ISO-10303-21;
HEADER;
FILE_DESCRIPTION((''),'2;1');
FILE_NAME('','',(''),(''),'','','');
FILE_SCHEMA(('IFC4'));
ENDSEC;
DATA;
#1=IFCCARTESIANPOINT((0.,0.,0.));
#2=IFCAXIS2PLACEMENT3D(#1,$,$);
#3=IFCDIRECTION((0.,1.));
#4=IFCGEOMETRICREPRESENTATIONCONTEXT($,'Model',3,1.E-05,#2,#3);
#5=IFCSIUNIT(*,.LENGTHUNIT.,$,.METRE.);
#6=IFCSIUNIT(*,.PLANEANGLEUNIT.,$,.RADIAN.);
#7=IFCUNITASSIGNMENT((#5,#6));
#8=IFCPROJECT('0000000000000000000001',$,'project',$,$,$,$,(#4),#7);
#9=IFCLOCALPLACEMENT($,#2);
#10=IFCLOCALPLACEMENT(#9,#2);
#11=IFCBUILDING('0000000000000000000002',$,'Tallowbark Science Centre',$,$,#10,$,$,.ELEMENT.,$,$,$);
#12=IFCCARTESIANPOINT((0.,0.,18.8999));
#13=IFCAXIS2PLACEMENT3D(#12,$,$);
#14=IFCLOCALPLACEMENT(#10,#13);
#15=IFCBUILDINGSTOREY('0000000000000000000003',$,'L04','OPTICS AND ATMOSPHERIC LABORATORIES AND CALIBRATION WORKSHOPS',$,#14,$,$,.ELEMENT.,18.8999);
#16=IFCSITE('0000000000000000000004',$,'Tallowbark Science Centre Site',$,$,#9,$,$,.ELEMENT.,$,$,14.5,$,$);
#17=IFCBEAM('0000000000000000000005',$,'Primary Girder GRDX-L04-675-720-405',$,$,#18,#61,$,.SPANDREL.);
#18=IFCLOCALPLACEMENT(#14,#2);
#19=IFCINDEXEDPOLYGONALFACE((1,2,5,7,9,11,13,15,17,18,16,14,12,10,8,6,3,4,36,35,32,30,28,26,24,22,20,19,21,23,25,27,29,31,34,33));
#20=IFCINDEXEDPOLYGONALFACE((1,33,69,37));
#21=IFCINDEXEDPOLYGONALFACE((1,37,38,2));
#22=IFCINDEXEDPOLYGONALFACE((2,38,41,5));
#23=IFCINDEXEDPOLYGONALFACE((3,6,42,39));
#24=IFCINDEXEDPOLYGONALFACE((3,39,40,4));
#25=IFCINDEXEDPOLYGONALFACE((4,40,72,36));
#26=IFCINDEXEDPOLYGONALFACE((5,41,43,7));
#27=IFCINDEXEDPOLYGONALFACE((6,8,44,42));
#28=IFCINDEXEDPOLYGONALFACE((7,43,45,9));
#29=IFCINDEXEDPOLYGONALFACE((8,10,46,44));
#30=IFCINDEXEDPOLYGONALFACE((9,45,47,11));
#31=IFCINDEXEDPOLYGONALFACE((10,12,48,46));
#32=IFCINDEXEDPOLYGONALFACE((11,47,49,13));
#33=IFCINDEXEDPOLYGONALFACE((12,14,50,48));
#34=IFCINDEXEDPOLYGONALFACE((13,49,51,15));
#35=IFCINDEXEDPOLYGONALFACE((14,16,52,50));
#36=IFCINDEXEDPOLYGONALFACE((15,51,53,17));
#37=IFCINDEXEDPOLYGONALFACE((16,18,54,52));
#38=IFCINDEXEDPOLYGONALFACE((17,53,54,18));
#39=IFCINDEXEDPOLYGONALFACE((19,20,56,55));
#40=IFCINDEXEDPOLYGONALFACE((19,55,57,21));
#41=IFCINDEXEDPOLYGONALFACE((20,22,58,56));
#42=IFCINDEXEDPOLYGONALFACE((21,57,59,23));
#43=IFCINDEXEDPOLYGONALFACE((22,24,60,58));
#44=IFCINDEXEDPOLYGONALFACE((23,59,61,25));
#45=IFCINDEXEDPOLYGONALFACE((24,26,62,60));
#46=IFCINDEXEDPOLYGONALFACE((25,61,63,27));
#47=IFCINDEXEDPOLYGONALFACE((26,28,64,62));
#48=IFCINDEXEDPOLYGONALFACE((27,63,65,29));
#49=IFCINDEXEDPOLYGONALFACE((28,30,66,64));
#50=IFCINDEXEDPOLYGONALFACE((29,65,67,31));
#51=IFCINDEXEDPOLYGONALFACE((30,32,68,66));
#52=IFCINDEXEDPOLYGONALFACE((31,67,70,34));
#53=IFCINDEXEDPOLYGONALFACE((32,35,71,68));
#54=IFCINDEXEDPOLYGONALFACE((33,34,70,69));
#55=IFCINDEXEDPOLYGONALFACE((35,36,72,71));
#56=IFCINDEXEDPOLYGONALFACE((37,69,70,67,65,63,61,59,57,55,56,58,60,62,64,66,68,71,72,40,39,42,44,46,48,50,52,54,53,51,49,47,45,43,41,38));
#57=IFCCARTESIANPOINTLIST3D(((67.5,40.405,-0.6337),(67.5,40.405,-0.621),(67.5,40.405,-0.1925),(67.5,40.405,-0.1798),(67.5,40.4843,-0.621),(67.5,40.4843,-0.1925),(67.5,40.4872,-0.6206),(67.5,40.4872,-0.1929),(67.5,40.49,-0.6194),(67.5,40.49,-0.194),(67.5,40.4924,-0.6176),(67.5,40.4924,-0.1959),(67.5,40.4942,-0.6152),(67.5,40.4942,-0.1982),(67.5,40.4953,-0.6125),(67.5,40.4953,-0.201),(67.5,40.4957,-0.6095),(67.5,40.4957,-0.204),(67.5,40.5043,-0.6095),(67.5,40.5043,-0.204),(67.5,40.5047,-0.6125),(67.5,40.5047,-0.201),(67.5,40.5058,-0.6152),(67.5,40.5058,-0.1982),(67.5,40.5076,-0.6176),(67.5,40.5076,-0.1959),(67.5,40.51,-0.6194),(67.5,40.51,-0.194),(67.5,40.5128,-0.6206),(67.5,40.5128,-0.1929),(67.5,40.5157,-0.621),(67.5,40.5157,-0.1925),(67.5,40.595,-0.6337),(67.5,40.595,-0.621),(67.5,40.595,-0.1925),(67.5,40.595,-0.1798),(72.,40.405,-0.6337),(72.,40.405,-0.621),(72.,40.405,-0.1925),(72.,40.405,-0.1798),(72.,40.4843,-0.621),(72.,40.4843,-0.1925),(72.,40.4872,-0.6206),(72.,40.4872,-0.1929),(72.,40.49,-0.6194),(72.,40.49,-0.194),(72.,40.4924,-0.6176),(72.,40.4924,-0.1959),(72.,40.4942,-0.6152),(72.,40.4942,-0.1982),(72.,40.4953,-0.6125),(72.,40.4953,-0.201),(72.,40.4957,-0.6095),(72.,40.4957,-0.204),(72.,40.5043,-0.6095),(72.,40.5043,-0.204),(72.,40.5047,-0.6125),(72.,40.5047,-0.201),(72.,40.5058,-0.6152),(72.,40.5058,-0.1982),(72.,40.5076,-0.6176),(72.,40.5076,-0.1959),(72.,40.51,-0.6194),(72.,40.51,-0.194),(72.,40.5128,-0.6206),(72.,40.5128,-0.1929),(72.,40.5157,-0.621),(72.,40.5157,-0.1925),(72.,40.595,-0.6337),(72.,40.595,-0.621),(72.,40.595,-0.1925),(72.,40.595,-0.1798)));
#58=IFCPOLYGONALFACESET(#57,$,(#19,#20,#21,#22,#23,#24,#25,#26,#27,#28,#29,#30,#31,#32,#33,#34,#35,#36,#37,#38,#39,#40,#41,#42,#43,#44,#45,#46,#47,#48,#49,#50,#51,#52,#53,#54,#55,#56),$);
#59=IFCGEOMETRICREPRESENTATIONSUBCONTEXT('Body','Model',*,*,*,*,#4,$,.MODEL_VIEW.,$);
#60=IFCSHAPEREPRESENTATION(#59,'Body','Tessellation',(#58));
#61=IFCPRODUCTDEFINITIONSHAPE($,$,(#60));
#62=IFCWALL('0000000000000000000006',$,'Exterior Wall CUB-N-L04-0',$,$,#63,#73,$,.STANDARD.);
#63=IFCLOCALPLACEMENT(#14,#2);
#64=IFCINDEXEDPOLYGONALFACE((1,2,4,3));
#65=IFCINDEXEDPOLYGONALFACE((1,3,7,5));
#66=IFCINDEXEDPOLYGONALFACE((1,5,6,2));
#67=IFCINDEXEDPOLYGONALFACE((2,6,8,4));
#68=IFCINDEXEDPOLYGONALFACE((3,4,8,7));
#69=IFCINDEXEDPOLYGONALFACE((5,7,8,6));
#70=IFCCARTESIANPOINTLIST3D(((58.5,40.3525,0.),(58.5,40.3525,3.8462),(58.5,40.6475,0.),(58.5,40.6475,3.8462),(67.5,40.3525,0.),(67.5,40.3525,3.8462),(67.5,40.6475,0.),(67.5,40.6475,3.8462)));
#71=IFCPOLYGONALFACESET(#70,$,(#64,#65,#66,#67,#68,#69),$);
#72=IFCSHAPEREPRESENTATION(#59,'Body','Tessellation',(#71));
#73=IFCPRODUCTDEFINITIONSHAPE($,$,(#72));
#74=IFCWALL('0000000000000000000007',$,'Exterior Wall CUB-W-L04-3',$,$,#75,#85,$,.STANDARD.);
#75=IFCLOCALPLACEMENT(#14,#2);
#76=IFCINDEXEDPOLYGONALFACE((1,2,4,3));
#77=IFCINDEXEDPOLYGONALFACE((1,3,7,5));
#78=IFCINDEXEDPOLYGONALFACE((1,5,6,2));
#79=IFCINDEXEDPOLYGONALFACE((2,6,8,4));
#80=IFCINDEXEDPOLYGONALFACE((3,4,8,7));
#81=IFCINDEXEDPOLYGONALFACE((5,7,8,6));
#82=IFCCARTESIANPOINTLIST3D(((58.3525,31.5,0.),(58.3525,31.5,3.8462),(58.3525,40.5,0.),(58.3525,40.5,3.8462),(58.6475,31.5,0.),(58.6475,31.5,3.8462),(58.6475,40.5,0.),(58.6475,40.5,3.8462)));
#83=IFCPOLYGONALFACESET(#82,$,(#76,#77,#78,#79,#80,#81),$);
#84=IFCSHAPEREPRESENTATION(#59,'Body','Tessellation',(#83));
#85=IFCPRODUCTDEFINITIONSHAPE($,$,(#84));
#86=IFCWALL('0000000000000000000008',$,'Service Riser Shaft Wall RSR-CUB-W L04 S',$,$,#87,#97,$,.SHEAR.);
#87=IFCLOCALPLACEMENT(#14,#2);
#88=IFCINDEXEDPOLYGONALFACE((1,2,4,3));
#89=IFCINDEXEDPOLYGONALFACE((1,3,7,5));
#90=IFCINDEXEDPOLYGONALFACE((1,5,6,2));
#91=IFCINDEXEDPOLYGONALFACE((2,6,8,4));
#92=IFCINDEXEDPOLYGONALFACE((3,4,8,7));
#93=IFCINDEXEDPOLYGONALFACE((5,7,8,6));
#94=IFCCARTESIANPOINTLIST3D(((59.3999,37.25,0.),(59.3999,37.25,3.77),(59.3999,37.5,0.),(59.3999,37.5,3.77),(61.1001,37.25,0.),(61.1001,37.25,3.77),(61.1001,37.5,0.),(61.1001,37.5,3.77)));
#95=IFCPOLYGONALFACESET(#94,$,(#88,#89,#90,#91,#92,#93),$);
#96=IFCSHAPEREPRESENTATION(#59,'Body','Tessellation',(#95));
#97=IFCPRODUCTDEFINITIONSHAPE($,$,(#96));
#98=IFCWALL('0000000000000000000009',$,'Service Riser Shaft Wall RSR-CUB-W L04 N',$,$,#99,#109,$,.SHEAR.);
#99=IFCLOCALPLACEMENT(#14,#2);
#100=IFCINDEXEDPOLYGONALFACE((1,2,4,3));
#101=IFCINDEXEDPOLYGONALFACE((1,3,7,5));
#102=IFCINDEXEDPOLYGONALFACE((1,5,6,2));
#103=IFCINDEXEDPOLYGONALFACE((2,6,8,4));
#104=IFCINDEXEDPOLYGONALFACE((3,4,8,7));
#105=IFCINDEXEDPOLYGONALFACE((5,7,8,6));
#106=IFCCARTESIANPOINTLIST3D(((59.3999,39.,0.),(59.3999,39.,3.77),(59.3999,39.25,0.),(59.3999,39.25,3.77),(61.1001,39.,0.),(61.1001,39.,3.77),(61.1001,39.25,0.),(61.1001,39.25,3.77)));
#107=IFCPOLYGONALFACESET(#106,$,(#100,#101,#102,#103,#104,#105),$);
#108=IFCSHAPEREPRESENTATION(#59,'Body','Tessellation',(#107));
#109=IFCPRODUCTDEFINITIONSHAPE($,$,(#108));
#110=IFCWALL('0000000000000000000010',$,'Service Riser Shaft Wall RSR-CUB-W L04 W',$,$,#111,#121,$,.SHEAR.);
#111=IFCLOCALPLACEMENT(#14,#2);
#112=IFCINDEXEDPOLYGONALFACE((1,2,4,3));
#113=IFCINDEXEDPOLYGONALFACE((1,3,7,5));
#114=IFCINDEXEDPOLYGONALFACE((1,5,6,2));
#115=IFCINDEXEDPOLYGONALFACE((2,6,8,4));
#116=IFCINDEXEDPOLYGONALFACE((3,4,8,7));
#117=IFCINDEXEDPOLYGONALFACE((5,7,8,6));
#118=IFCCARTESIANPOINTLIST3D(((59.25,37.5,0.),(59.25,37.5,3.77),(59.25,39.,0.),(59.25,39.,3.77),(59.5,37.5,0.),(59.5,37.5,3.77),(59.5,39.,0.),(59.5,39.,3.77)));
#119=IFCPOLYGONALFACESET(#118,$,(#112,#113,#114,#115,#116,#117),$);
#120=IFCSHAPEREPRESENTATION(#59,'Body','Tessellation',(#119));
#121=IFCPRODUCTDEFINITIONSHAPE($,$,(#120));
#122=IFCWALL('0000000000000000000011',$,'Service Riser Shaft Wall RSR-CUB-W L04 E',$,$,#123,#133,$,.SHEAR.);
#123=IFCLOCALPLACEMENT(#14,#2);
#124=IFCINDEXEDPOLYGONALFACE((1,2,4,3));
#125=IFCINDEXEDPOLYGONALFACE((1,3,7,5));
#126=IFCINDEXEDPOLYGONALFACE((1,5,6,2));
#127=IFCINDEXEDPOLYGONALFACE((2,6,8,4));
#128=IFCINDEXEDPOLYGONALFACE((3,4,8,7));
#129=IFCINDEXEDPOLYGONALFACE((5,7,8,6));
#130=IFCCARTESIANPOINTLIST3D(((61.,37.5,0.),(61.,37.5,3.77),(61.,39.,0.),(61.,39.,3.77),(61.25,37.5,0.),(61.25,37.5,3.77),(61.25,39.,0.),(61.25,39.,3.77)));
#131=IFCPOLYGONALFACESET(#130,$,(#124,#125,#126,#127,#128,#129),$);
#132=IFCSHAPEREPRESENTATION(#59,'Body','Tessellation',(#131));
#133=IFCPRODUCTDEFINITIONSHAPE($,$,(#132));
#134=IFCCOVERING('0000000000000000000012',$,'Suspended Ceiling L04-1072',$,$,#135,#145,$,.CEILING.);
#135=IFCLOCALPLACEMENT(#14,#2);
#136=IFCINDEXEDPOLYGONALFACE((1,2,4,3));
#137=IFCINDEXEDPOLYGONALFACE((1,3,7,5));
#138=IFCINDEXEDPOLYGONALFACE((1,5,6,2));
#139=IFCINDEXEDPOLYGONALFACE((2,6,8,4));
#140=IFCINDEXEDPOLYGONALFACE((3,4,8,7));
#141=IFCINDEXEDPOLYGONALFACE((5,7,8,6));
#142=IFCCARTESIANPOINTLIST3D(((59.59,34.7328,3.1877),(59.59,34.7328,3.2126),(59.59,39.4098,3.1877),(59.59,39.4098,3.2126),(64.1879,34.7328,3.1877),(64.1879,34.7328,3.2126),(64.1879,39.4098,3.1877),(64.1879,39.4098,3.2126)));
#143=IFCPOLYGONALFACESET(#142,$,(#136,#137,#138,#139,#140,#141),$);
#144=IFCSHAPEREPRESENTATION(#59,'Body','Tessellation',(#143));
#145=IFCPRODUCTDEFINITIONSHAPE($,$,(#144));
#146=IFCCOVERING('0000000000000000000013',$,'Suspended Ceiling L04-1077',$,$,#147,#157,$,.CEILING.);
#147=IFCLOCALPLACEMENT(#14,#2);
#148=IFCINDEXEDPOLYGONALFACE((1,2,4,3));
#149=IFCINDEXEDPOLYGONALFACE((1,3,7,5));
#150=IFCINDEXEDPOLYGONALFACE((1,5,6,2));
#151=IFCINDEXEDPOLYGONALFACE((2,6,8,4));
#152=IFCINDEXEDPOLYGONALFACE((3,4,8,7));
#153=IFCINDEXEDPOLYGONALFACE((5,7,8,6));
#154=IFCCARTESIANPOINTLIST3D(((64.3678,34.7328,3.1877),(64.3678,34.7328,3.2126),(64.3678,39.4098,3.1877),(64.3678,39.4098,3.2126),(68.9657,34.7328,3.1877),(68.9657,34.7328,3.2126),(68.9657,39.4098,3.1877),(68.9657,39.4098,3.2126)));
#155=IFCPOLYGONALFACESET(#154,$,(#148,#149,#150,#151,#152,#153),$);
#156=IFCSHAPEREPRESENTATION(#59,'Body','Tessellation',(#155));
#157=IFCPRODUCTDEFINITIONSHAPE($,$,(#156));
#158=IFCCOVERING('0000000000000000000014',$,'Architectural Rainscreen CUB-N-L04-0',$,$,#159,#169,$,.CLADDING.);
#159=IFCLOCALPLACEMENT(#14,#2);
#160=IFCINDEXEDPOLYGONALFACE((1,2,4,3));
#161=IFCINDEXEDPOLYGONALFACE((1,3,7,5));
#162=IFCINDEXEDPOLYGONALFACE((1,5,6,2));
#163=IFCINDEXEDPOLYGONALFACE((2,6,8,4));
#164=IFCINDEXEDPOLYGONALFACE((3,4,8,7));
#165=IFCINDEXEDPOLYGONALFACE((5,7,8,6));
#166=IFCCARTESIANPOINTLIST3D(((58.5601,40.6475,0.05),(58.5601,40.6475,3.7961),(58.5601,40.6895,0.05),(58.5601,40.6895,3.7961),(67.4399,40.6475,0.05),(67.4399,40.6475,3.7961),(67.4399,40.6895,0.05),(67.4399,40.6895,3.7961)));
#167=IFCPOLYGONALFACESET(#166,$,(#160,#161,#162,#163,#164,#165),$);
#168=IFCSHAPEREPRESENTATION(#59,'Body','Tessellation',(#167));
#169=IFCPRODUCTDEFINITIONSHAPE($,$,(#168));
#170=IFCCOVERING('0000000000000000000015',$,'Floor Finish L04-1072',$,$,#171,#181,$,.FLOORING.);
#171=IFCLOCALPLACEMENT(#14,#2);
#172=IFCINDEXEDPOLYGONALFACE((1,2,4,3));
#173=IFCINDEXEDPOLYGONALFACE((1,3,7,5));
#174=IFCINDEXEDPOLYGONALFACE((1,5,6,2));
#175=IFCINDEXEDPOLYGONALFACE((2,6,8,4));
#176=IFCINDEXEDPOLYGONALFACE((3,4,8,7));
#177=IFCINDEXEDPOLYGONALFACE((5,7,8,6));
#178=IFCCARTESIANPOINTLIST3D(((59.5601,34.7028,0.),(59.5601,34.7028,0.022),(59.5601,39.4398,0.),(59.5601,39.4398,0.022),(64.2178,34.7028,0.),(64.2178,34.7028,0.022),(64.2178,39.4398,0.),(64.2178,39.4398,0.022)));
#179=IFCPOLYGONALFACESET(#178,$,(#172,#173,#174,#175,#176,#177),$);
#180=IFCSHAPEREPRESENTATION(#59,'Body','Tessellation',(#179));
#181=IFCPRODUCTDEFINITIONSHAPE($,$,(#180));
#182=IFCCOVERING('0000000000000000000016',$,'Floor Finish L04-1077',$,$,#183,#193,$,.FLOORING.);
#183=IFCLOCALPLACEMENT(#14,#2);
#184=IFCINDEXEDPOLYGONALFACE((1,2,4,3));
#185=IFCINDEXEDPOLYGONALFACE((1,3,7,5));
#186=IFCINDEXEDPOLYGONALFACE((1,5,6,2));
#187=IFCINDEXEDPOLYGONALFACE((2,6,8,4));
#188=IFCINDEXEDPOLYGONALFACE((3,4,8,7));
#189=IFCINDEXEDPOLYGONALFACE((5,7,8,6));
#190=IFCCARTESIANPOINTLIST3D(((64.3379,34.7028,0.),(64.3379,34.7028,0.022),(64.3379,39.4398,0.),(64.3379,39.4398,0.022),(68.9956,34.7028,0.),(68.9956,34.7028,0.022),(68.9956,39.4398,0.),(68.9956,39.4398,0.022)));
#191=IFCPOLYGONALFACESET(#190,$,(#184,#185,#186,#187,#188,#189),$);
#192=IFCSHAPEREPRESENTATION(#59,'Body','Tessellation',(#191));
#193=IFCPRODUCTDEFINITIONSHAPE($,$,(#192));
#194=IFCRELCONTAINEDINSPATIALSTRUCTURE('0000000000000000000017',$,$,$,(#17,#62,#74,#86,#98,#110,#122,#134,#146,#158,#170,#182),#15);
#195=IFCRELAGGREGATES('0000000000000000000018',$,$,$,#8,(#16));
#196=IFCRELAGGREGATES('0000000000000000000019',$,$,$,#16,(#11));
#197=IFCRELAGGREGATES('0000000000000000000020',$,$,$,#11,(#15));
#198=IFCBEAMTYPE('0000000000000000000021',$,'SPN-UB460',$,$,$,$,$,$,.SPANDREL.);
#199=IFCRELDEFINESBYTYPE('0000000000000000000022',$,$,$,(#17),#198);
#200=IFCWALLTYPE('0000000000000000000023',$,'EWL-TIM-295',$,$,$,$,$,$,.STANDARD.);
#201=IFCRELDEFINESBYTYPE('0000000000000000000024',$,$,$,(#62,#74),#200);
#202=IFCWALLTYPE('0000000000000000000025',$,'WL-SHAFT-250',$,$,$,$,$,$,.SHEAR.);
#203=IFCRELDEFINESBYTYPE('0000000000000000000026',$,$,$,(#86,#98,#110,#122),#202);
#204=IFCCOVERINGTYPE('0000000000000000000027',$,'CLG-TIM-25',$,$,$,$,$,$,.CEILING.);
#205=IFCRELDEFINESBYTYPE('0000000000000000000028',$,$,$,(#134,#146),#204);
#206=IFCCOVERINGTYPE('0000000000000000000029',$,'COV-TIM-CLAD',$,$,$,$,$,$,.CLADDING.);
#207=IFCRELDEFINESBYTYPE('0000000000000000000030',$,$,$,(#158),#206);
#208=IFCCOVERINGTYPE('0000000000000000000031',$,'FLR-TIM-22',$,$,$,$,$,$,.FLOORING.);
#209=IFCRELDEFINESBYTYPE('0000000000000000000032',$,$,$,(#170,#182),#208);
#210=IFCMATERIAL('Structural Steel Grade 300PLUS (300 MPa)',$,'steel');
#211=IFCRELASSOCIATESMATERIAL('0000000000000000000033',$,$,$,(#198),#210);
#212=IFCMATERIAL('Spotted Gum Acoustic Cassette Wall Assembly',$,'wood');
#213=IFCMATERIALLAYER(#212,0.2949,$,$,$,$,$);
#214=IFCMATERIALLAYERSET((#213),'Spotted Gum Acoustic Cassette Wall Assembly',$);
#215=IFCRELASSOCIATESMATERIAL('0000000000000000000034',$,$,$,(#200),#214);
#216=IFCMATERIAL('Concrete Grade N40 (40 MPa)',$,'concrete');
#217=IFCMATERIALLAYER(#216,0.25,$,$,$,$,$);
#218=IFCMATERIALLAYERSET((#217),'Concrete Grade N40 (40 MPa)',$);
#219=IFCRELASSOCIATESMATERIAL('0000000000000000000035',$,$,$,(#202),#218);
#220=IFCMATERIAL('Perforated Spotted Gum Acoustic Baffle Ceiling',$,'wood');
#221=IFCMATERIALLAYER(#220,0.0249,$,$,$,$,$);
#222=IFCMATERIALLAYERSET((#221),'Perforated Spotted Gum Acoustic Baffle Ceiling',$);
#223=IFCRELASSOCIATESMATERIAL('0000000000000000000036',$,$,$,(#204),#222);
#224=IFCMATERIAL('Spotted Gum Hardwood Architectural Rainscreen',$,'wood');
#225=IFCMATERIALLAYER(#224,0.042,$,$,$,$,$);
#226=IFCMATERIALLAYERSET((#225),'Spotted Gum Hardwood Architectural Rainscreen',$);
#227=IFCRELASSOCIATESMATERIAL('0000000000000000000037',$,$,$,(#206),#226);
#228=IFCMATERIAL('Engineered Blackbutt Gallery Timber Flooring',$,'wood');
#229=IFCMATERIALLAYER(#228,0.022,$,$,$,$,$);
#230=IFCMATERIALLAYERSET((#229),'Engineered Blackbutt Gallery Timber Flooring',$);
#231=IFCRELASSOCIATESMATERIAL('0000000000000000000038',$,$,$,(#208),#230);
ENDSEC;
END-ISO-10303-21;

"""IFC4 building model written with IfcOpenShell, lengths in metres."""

from ifc_helpers import new_model, si_unit, direction, frame, frame_2d, origin, origin_2d, place, context, subcontext, project, spatial, rectangle, i_section, extrude, material, layer, layer_set, material_profile, profile_set, type_object, element, save


model = new_model("IFC4")

# Units and contexts
model_context = context("Model", 3, precision=1e-05, world=origin(), true_north=direction((0.0, 1.0)))
body_context = subcontext(model_context, "Body", "Model", "MODEL_VIEW")
ifc_project = project(units=[si_unit("LENGTHUNIT", "METRE"), si_unit("PLANEANGLEUNIT", "RADIAN")], contexts=[model_context])

# Site, building, storey
site_placement = place(None, origin())
site = spatial("IfcSite", under=ifc_project, at=site_placement, Name="Tallowbark Science Centre Site", CompositionType="ELEMENT", RefElevation=14.5)
building_placement = place(site_placement, origin())
building = spatial("IfcBuilding", under=site, at=building_placement, Name="Tallowbark Science Centre", CompositionType="ELEMENT")
storey_placement = place(building_placement, frame((0.0, 0.0, 18.8999)))
storey = spatial("IfcBuildingStorey", under=building, at=storey_placement, Name="L04", Description="OPTICS AND ATMOSPHERIC LABORATORIES AND CALIBRATION WORKSHOPS", CompositionType="ELEMENT", Elevation=18.8999)

# Shared definitions
ifc_material_1 = material(Name="Structural Steel Grade 300PLUS (300 MPa)", Category="steel")

# Beam
ifc_material_profile_1 = material_profile(ifc_material_1, i_section(OverallWidth=0.1899, OverallDepth=0.4539, WebThickness=0.0085, FlangeThickness=0.0127, FilletRadius=0.0115, at=origin_2d()), Name="460UB67.1")
ifc_profile_set_1 = profile_set([ifc_material_profile_1], Name="Structural Steel Grade 300PLUS (300 MPa)")
beam_type_1 = type_object("IfcBeamType", Name="SPN-UB460", PredefinedType="SPANDREL", material=ifc_profile_set_1)
for number, where, z_axis, x_axis, name in (
    (1, (67.5, 40.5, -0.4067), (1.0, 0.0, 0.0), (0.0, 1.0, 0.0), "Primary Girder GRDX-L04-675-720-405"),
):
    element("IfcBeam", number, at=place(storey_placement, frame(where, z_axis=z_axis, x_axis=x_axis)), inside=storey, type_object=beam_type_1, Name=name, PredefinedType="SPANDREL", context=body_context, shape_type="SweptSolid", body=[
        extrude(i_section(OverallWidth=0.1899, OverallDepth=0.4539, WebThickness=0.0085, FlangeThickness=0.0127, FilletRadius=0.0115, at=origin_2d()), origin(), (0.0, 0.0, 1.0), 4.5),
    ])

# Walls
ifc_material_2 = material(Name="Spotted Gum Acoustic Cassette Wall Assembly", Category="wood")
ifc_layer_1 = layer(ifc_material_2, 0.2949)
ifc_layer_set_1 = layer_set([ifc_layer_1], Name="Spotted Gum Acoustic Cassette Wall Assembly")
wall_type_1 = type_object("IfcWallType", Name="EWL-TIM-295", PredefinedType="STANDARD", material=ifc_layer_set_1)
for number, where, z_axis, x_axis, name in (
    (2, (67.5, 40.5, 0.0), (0.0, 0.0, 1.0), (-1.0, 0.0, 0.0), "Exterior Wall CUB-N-L04-0"),
    (3, (58.5, 40.5, 0.0), (0.0, 0.0, 1.0), (0.0, -1.0, 0.0), "Exterior Wall CUB-W-L04-3"),
):
    element("IfcWall", number, at=place(storey_placement, frame(where, z_axis=z_axis, x_axis=x_axis)), inside=storey, type_object=wall_type_1, Name=name, PredefinedType="STANDARD", context=body_context, shape_type="SweptSolid", body=[
        extrude(rectangle(XDim=9.0, YDim=0.2949, at=frame_2d((4.5, 0.0))), origin(), (0.0, 0.0, 1.0), 3.8462),
    ])
ifc_material_3 = material(Name="Concrete Grade N40 (40 MPa)", Category="concrete")
ifc_layer_2 = layer(ifc_material_3, 0.25)
ifc_layer_set_2 = layer_set([ifc_layer_2], Name="Concrete Grade N40 (40 MPa)")
wall_type_2 = type_object("IfcWallType", Name="WL-SHAFT-250", PredefinedType="SHEAR", material=ifc_layer_set_2)
for number, where, z_axis, x_axis, name in (
    (4, (59.3999, 37.375, 0.0), (0.0, 0.0, 1.0), (1.0, 0.0, 0.0), "Service Riser Shaft Wall RSR-CUB-W L04 S"),
    (5, (59.3999, 39.125, 0.0), (0.0, 0.0, 1.0), (1.0, 0.0, 0.0), "Service Riser Shaft Wall RSR-CUB-W L04 N"),
):
    element("IfcWall", number, at=place(storey_placement, frame(where, z_axis=z_axis, x_axis=x_axis)), inside=storey, type_object=wall_type_2, Name=name, PredefinedType="SHEAR", context=body_context, shape_type="SweptSolid", body=[
        extrude(rectangle(XDim=1.7002, YDim=0.25, at=frame_2d((0.8501, 0.0))), origin(), (0.0, 0.0, 1.0), 3.77),
    ])
for number, where, z_axis, x_axis, name in (
    (6, (59.375, 37.5, 0.0), (0.0, 0.0, 1.0), (0.0, 1.0, 0.0), "Service Riser Shaft Wall RSR-CUB-W L04 W"),
    (7, (61.125, 37.5, 0.0), (0.0, 0.0, 1.0), (0.0, 1.0, 0.0), "Service Riser Shaft Wall RSR-CUB-W L04 E"),
):
    element("IfcWall", number, at=place(storey_placement, frame(where, z_axis=z_axis, x_axis=x_axis)), inside=storey, type_object=wall_type_2, Name=name, PredefinedType="SHEAR", context=body_context, shape_type="SweptSolid", body=[
        extrude(rectangle(XDim=1.5, YDim=0.25, at=frame_2d((0.75, 0.0))), origin(), (0.0, 0.0, 1.0), 3.77),
    ])

# Coverings
ifc_material_4 = material(Name="Perforated Spotted Gum Acoustic Baffle Ceiling", Category="wood")
ifc_layer_3 = layer(ifc_material_4, 0.0249)
ifc_layer_set_3 = layer_set([ifc_layer_3], Name="Perforated Spotted Gum Acoustic Baffle Ceiling")
covering_type_1 = type_object("IfcCoveringType", Name="CLG-TIM-25", PredefinedType="CEILING", material=ifc_layer_set_3)
for number, where, z_axis, x_axis, name in (
    (8, (61.8889, 37.0713, 3.1877), (0.0, 0.0, 1.0), (1.0, 0.0, 0.0), "Suspended Ceiling L04-1072"),
    (9, (66.6667, 37.0713, 3.1877), (0.0, 0.0, 1.0), (1.0, 0.0, 0.0), "Suspended Ceiling L04-1077"),
):
    element("IfcCovering", number, at=place(storey_placement, frame(where, z_axis=z_axis, x_axis=x_axis)), inside=storey, type_object=covering_type_1, Name=name, PredefinedType="CEILING", context=body_context, shape_type="SweptSolid", body=[
        extrude(rectangle(XDim=4.5979, YDim=4.677, at=origin_2d()), origin(), (0.0, 0.0, 1.0), 0.0249),
    ])
ifc_material_5 = material(Name="Spotted Gum Hardwood Architectural Rainscreen", Category="wood")
ifc_layer_4 = layer(ifc_material_5, 0.042)
ifc_layer_set_4 = layer_set([ifc_layer_4], Name="Spotted Gum Hardwood Architectural Rainscreen")
covering_type_2 = type_object("IfcCoveringType", Name="COV-TIM-CLAD", PredefinedType="CLADDING", material=ifc_layer_set_4)
covering_placement = place(storey_placement, frame((63.0, 40.6685, 0.05), z_axis=(0.0, 0.0, 1.0), x_axis=(-1.0, 0.0, 0.0)))
element("IfcCovering", 10, at=covering_placement, inside=storey, type_object=covering_type_2, Name="Architectural Rainscreen CUB-N-L04-0", PredefinedType="CLADDING", context=body_context, shape_type="SweptSolid", body=[
    extrude(rectangle(XDim=8.8799, YDim=0.042, at=origin_2d()), origin(), (0.0, 0.0, 1.0), 3.7461),
])
ifc_material_6 = material(Name="Engineered Blackbutt Gallery Timber Flooring", Category="wood")
ifc_layer_5 = layer(ifc_material_6, 0.022)
ifc_layer_set_5 = layer_set([ifc_layer_5], Name="Engineered Blackbutt Gallery Timber Flooring")
covering_type_3 = type_object("IfcCoveringType", Name="FLR-TIM-22", PredefinedType="FLOORING", material=ifc_layer_set_5)
for number, where, z_axis, x_axis, name in (
    (11, (61.8889, 37.0713, 0.0), (0.0, 0.0, 1.0), (1.0, 0.0, 0.0), "Floor Finish L04-1072"),
    (12, (66.6667, 37.0713, 0.0), (0.0, 0.0, 1.0), (1.0, 0.0, 0.0), "Floor Finish L04-1077"),
):
    element("IfcCovering", number, at=place(storey_placement, frame(where, z_axis=z_axis, x_axis=x_axis)), inside=storey, type_object=covering_type_3, Name=name, PredefinedType="FLOORING", context=body_context, shape_type="SweptSolid", body=[
        extrude(rectangle(XDim=4.6577, YDim=4.7371, at=origin_2d()), origin(), (0.0, 0.0, 1.0), 0.022),
    ])

save(model, "model.ifc")
